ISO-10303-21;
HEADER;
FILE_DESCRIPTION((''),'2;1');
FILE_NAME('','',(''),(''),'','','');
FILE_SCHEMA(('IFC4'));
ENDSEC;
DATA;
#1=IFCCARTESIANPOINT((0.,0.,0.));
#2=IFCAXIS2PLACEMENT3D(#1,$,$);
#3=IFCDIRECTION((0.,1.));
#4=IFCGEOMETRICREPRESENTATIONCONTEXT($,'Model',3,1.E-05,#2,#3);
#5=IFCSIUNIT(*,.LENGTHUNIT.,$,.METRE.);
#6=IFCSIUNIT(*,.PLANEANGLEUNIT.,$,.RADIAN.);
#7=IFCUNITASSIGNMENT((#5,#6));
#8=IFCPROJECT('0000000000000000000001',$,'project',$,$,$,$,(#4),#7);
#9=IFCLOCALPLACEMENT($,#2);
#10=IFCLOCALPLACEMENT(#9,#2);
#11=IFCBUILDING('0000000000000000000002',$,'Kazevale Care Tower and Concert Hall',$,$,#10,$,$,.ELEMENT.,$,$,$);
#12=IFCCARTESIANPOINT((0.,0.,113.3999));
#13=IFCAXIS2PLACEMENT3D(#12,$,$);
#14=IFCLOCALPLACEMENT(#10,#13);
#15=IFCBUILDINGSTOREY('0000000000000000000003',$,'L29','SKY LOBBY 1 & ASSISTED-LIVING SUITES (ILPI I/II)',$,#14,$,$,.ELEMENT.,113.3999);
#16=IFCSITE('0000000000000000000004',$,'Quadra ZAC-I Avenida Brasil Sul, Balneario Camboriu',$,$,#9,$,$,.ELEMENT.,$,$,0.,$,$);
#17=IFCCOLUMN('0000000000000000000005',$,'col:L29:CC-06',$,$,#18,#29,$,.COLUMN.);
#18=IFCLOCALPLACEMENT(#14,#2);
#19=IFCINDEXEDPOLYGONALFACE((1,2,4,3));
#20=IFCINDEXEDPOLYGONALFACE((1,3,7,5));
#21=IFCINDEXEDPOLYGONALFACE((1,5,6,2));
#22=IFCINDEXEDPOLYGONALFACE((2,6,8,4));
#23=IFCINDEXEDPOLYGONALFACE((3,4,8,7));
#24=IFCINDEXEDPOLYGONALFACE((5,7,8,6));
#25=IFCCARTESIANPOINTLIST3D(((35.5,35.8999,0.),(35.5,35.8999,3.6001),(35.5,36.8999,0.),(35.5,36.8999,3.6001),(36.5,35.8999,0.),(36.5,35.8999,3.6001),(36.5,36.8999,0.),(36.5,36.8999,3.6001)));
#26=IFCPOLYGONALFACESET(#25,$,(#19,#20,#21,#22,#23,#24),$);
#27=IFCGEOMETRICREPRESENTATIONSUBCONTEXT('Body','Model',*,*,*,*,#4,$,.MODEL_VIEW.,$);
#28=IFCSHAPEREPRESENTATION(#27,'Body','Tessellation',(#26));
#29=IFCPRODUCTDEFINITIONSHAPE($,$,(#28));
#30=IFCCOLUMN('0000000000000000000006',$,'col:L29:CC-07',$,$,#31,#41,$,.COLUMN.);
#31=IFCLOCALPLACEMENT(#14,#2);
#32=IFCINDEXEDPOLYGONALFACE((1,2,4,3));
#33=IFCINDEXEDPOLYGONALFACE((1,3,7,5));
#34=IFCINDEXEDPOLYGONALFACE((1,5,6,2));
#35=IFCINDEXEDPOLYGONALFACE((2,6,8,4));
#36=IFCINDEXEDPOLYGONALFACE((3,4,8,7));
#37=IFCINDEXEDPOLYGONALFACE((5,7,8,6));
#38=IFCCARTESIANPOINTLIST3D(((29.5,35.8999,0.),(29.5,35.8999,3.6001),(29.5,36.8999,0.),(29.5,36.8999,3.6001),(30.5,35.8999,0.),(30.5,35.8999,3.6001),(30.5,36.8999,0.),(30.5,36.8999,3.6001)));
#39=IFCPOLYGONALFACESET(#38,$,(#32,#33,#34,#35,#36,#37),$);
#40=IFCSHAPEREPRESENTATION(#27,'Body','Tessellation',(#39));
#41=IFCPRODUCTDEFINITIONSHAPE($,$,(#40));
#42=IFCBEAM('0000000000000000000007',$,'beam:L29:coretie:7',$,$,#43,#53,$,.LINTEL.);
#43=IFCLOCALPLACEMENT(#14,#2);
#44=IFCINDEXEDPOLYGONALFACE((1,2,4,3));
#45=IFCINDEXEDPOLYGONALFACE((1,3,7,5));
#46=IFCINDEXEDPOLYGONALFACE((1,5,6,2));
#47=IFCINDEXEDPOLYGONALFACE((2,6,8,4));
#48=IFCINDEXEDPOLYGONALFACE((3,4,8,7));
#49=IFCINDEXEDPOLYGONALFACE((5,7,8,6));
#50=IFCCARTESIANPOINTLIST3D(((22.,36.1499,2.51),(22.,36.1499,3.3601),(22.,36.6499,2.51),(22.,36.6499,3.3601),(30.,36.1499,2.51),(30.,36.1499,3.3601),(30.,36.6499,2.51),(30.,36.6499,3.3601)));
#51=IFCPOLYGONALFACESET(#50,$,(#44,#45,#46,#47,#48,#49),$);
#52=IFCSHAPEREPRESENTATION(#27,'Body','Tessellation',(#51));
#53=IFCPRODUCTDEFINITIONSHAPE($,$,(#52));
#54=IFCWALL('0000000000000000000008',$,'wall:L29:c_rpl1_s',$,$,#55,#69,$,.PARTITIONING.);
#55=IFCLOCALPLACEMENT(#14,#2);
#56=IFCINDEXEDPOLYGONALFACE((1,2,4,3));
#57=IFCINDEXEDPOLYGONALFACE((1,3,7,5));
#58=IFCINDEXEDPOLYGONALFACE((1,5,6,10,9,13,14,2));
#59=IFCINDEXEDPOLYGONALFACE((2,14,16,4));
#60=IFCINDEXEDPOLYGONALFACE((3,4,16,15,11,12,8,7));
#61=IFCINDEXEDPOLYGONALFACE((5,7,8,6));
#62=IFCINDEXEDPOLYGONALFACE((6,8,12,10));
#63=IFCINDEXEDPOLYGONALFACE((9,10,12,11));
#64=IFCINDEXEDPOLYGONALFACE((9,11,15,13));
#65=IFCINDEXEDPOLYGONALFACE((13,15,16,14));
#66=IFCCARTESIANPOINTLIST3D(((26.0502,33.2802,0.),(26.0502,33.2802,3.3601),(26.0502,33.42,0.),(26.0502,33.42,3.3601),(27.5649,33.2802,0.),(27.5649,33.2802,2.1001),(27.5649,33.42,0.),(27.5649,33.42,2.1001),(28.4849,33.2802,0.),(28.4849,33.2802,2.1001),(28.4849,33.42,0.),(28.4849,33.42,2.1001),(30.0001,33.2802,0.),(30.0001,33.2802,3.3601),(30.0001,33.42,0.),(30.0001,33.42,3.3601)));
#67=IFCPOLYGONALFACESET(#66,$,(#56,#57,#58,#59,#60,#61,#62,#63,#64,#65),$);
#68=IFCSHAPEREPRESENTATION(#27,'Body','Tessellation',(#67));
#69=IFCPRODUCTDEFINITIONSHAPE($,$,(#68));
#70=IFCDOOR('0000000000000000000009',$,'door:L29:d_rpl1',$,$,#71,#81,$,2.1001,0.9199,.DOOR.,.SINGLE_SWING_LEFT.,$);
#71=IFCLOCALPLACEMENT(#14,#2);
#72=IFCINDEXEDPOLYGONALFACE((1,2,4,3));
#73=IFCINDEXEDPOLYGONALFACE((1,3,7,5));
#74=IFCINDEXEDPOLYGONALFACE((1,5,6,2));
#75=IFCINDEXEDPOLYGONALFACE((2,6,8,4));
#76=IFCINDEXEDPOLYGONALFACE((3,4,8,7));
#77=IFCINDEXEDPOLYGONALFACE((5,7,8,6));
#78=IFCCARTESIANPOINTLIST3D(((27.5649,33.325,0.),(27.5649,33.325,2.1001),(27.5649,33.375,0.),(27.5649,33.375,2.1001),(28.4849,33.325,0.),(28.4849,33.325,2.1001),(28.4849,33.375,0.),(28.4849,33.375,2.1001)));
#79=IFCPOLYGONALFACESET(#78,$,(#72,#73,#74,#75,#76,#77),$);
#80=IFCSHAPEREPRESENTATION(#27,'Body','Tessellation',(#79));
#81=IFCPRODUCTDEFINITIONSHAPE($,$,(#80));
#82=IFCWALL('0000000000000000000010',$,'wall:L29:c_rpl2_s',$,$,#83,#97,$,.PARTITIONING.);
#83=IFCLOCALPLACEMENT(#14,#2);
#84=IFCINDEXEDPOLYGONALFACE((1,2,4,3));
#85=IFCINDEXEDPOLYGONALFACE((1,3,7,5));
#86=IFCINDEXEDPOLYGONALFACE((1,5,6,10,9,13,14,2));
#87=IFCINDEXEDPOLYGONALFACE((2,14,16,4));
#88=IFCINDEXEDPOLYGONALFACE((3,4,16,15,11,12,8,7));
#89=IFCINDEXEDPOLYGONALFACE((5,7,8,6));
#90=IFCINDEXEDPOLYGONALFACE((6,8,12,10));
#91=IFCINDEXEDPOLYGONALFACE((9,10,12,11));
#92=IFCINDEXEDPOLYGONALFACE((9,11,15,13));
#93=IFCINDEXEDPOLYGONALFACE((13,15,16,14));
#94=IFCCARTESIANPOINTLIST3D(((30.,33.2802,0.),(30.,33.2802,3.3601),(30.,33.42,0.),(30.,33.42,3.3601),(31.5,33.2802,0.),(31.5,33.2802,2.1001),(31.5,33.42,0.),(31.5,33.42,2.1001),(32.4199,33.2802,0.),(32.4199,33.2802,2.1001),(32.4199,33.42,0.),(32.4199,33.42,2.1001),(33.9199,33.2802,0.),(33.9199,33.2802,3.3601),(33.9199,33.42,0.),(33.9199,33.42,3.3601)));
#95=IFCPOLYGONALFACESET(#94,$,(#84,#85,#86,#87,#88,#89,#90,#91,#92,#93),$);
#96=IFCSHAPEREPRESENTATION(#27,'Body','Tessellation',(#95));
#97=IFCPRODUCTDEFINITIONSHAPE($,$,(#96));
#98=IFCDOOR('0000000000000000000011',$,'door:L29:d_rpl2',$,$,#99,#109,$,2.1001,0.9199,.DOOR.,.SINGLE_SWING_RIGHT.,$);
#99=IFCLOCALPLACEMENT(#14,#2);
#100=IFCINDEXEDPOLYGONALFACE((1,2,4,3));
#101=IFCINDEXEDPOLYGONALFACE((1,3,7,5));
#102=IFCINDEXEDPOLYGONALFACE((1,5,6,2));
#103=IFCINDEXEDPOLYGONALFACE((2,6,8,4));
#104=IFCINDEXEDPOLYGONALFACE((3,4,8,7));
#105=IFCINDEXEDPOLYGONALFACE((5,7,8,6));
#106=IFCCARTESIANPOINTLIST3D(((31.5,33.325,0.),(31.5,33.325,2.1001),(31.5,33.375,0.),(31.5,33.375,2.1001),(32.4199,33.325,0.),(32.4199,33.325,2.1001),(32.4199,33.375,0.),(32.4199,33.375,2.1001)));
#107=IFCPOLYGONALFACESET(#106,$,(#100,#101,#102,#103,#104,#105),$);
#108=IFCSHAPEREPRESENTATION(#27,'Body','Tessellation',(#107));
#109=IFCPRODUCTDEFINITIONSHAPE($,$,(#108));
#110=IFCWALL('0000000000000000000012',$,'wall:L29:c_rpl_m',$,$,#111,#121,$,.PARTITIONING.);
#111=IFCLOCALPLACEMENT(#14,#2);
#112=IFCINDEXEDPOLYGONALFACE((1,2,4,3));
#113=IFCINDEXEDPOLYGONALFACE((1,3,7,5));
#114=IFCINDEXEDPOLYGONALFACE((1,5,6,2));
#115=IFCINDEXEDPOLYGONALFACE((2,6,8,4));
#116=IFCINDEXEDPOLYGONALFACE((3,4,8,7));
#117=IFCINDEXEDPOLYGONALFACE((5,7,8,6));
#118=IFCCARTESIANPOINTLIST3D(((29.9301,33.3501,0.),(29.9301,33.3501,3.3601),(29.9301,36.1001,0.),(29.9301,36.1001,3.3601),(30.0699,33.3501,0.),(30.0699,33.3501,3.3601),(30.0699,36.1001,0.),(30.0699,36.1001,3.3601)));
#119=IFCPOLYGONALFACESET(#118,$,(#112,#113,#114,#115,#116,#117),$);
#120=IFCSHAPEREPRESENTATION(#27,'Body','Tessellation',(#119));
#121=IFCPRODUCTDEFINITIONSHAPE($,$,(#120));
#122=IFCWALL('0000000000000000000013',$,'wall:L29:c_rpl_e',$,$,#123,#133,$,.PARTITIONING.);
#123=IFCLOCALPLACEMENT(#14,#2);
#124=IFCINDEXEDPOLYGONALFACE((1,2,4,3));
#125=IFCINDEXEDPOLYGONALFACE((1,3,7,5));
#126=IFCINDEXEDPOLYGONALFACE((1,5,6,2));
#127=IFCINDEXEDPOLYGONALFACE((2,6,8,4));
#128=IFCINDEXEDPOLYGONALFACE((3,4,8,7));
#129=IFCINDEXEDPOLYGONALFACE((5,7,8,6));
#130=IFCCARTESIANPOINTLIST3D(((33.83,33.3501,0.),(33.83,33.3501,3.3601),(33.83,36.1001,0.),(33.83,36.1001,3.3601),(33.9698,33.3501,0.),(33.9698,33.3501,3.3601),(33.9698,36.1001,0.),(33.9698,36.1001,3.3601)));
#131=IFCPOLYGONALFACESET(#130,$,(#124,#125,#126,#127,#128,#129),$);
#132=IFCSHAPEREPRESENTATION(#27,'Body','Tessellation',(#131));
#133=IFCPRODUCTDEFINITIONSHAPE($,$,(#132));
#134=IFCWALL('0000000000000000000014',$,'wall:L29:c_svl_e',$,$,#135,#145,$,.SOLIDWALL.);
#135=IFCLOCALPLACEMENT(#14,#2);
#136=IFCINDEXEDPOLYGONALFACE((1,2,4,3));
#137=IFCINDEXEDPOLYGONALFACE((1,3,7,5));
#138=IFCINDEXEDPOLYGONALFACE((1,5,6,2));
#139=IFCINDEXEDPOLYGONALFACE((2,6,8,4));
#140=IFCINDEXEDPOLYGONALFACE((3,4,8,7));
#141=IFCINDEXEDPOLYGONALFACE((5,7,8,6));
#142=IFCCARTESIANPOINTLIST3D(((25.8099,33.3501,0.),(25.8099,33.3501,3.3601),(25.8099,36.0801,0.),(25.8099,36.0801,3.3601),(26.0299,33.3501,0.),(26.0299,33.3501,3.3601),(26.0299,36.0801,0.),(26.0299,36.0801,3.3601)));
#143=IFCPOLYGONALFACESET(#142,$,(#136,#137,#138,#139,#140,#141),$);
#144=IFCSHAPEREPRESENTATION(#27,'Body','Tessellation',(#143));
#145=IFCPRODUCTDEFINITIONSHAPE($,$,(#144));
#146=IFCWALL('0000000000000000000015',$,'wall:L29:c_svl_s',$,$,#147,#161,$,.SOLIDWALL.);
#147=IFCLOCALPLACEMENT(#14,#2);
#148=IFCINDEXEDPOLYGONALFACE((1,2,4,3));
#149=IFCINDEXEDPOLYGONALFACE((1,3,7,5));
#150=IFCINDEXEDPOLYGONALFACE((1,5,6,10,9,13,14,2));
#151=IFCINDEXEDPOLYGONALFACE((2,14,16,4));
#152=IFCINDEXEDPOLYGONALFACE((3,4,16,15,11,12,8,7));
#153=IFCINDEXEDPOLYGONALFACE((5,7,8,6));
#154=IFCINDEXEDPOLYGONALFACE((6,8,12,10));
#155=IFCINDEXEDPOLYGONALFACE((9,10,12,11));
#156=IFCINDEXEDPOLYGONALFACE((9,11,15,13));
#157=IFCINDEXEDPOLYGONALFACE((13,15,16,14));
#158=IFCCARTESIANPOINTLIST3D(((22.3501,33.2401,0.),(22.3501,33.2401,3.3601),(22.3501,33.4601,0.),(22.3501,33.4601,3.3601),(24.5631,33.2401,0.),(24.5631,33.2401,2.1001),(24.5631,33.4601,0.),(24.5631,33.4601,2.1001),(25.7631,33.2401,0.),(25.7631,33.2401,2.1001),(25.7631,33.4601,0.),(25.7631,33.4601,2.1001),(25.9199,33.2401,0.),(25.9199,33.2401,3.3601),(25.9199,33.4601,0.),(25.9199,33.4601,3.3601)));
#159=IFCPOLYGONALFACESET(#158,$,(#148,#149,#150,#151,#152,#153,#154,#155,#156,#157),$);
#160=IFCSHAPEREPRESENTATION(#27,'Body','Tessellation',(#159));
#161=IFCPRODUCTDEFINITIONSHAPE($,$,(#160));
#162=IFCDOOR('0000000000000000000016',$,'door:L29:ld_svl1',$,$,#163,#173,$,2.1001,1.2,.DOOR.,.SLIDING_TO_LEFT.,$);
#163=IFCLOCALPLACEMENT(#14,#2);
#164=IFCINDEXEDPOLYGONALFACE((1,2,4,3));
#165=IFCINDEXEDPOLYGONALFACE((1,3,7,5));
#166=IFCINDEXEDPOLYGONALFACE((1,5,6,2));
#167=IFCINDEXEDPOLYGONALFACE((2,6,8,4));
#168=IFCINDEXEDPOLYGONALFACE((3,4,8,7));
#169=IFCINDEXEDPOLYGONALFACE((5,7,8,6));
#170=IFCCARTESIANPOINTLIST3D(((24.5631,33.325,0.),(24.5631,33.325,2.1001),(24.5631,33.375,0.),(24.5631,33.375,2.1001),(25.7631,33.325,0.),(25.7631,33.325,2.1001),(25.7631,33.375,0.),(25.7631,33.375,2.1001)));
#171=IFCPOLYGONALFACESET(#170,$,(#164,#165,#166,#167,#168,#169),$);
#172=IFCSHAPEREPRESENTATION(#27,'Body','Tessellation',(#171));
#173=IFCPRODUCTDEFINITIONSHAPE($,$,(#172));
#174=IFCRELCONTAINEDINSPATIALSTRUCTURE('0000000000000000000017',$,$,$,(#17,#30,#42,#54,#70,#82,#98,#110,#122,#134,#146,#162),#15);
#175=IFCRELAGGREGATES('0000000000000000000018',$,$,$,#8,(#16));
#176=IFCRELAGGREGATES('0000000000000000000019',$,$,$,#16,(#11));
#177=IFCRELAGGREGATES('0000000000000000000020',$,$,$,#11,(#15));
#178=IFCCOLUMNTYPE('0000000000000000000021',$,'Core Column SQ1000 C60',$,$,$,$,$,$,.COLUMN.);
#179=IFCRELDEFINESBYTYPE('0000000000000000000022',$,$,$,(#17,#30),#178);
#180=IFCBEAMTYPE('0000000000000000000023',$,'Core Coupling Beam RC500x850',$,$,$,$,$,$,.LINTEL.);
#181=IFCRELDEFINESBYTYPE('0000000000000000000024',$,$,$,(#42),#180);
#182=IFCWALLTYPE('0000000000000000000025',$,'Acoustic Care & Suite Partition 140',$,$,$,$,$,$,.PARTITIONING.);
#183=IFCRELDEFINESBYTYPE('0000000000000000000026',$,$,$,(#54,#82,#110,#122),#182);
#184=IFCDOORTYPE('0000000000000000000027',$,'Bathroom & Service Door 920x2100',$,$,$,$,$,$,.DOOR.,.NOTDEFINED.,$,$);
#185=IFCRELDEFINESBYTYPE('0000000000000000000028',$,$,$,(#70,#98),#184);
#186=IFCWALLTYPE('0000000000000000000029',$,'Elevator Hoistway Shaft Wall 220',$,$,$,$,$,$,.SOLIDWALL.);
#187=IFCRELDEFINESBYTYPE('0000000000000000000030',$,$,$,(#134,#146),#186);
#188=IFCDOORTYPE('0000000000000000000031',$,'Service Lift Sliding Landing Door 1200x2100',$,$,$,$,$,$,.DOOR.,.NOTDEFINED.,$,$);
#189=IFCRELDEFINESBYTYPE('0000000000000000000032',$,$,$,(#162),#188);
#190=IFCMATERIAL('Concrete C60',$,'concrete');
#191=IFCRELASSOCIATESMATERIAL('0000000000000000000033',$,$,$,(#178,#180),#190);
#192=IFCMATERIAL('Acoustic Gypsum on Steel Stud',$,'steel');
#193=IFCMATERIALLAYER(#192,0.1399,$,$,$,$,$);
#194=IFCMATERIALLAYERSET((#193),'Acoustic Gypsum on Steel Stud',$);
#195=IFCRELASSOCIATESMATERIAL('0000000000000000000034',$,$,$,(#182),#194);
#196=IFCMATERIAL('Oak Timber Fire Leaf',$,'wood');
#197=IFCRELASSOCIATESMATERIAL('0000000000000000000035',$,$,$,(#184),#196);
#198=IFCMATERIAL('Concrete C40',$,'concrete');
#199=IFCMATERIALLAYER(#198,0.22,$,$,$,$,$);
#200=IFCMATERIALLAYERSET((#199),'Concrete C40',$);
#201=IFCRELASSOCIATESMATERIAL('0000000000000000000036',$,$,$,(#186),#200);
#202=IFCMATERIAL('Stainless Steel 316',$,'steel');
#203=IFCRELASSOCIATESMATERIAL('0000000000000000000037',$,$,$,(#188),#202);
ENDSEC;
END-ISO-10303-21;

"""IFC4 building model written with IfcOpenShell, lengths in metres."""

from ifc_helpers import new_model, si_unit, direction, frame, frame_2d, origin, origin_2d, place, context, subcontext, project, spatial, rectangle, extrude, material, layer, layer_set, material_profile, profile_set, type_object, element, fill, save


model = new_model("IFC4")

# Units and contexts
model_context = context("Model", 3, precision=1e-05, world=origin(), true_north=direction((0.0, 1.0)))
body_context = subcontext(model_context, "Body", "Model", "MODEL_VIEW")
ifc_project = project(units=[si_unit("LENGTHUNIT", "METRE"), si_unit("PLANEANGLEUNIT", "RADIAN")], contexts=[model_context])

# Site, building, storey
site_placement = place(None, origin())
site = spatial("IfcSite", under=ifc_project, at=site_placement, Name="Quadra ZAC-I Avenida Brasil Sul, Balneario Camboriu", CompositionType="ELEMENT", RefElevation=0.0)
building_placement = place(site_placement, origin())
building = spatial("IfcBuilding", under=site, at=building_placement, Name="Kazevale Care Tower and Concert Hall", CompositionType="ELEMENT")
storey_placement = place(building_placement, frame((0.0, 0.0, 113.3999)))
storey = spatial("IfcBuildingStorey", under=building, at=storey_placement, Name="L29", Description="SKY LOBBY 1 & ASSISTED-LIVING SUITES (ILPI I/II)", CompositionType="ELEMENT", Elevation=113.3999)

# Columns
ifc_material_1 = material(Name="Concrete C60", Category="concrete")
ifc_material_profile_1 = material_profile(ifc_material_1, rectangle(XDim=1.0, YDim=1.0, at=origin_2d()), Name="RC-SQ1000")
ifc_profile_set_1 = profile_set([ifc_material_profile_1], Name="Concrete C60")
column_type = type_object("IfcColumnType", Name="Core Column SQ1000 C60", PredefinedType="COLUMN", material=ifc_profile_set_1)
for number, where, z_axis, x_axis, name in (
    (1, (36.0, 36.3999, 0.0), (0.0, 0.0, 1.0), (1.0, 0.0, 0.0), "col:L29:CC-06"),
    (2, (30.0, 36.3999, 0.0), (0.0, 0.0, 1.0), (1.0, 0.0, 0.0), "col:L29:CC-07"),
):
    element("IfcColumn", number, at=place(storey_placement, frame(where, z_axis=z_axis, x_axis=x_axis)), inside=storey, type_object=column_type, Name=name, PredefinedType="COLUMN", context=body_context, shape_type="SweptSolid", body=[
        extrude(rectangle(XDim=1.0, YDim=1.0, at=origin_2d()), origin(), (0.0, 0.0, 1.0), 3.6001),
    ])

# Beam
ifc_material_profile_2 = material_profile(ifc_material_1, rectangle(XDim=0.5, YDim=0.8501, at=origin_2d()), Name="RC-B500x850")
ifc_profile_set_2 = profile_set([ifc_material_profile_2], Name="Concrete C60")
beam_type = type_object("IfcBeamType", Name="Core Coupling Beam RC500x850", PredefinedType="LINTEL", material=ifc_profile_set_2)
beam_placement = place(storey_placement, frame((30.0, 36.3999, 2.9351), z_axis=(-1.0, 0.0, 0.0), x_axis=(0.0, -1.0, 0.0)))
element("IfcBeam", 3, at=beam_placement, inside=storey, type_object=beam_type, Name="beam:L29:coretie:7", PredefinedType="LINTEL", context=body_context, shape_type="SweptSolid", body=[
    extrude(rectangle(XDim=0.5, YDim=0.8501, at=origin_2d()), origin(), (0.0, 0.0, 1.0), 8.0),
])

# Walls, openings, doors
ifc_material_2 = material(Name="Acoustic Gypsum on Steel Stud", Category="steel")
ifc_layer_1 = layer(ifc_material_2, 0.1399)
ifc_layer_set_1 = layer_set([ifc_layer_1], Name="Acoustic Gypsum on Steel Stud")
wall_type_1 = type_object("IfcWallType", Name="Acoustic Care & Suite Partition 140", PredefinedType="PARTITIONING", material=ifc_layer_set_1)
wall_1_placement = place(storey_placement, frame((26.05, 33.3501, 0.0), z_axis=(0.0, 0.0, 1.0), x_axis=(1.0, 0.0, 0.0)))
wall_1 = element("IfcWall", 4, at=wall_1_placement, inside=storey, type_object=wall_type_1, Name="wall:L29:c_rpl1_s", PredefinedType="PARTITIONING", context=body_context, shape_type="SweptSolid", body=[
    extrude(rectangle(XDim=3.95, YDim=0.1399, at=frame_2d((1.9751, 0.0))), origin(), (0.0, 0.0, 1.0), 3.3601),
])
opening_1_placement = place(wall_1_placement, frame((1.5149, 0.0, 0.0)))
opening_1 = element("IfcOpeningElement", 5, at=opening_1_placement, cuts=wall_1, PredefinedType="OPENING", context=body_context, shape_type="SweptSolid", body=[
    extrude(rectangle(XDim=0.9199, YDim=2.1001, at=frame_2d((0.46, 1.05))), frame((0.0, 0.0798, 0.0), z_axis=(0.0, -1.0, 0.0), x_axis=(1.0, 0.0, 0.0)), (0.0, 0.0, 1.0), 0.1599),
])
ifc_material_3 = material(Name="Oak Timber Fire Leaf", Category="wood")
door_type_1 = type_object("IfcDoorType", Name="Bathroom & Service Door 920x2100", OperationType="NOTDEFINED", PredefinedType="DOOR", material=ifc_material_3)
door_1_placement = place(opening_1_placement, origin())
door_1 = element("IfcDoor", 6, at=door_1_placement, inside=storey, type_object=door_type_1, Name="door:L29:d_rpl1", OperationType="SINGLE_SWING_LEFT", OverallHeight=2.1001, OverallWidth=0.9199, PredefinedType="DOOR", context=body_context, shape_type="SweptSolid", body=[
    extrude(rectangle(XDim=0.9199, YDim=2.1001, at=frame_2d((0.46, 1.05))), frame((0.0, 0.0249, 0.0), z_axis=(0.0, -1.0, 0.0), x_axis=(1.0, 0.0, 0.0)), (0.0, 0.0, 1.0), 0.05),
])
fill(opening_1, door_1)
wall_2_placement = place(storey_placement, frame((30.0, 33.3501, 0.0), z_axis=(0.0, 0.0, 1.0), x_axis=(1.0, 0.0, 0.0)))
wall_2 = element("IfcWall", 7, at=wall_2_placement, inside=storey, type_object=wall_type_1, Name="wall:L29:c_rpl2_s", PredefinedType="PARTITIONING", context=body_context, shape_type="SweptSolid", body=[
    extrude(rectangle(XDim=3.9199, YDim=0.1399, at=frame_2d((1.96, 0.0))), origin(), (0.0, 0.0, 1.0), 3.3601),
])
opening_2_placement = place(wall_2_placement, frame((1.5, 0.0, 0.0)))
opening_2 = element("IfcOpeningElement", 8, at=opening_2_placement, cuts=wall_2, PredefinedType="OPENING", context=body_context, shape_type="SweptSolid", body=[
    extrude(rectangle(XDim=0.9199, YDim=2.1001, at=frame_2d((0.46, 1.05))), frame((0.0, 0.0798, 0.0), z_axis=(0.0, -1.0, 0.0), x_axis=(1.0, 0.0, 0.0)), (0.0, 0.0, 1.0), 0.1599),
])
door_2_placement = place(opening_2_placement, origin())
door_2 = element("IfcDoor", 9, at=door_2_placement, inside=storey, type_object=door_type_1, Name="door:L29:d_rpl2", OperationType="SINGLE_SWING_RIGHT", OverallHeight=2.1001, OverallWidth=0.9199, PredefinedType="DOOR", context=body_context, shape_type="SweptSolid", body=[
    extrude(rectangle(XDim=0.9199, YDim=2.1001, at=frame_2d((0.46, 1.05))), frame((0.0, 0.0249, 0.0), z_axis=(0.0, -1.0, 0.0), x_axis=(1.0, 0.0, 0.0)), (0.0, 0.0, 1.0), 0.05),
])
fill(opening_2, door_2)

# Walls
for number, where, z_axis, x_axis, name in (
    (10, (30.0, 33.3501, 0.0), (0.0, 0.0, 1.0), (0.0, 1.0, 0.0), "wall:L29:c_rpl_m"),
    (11, (33.8999, 33.3501, 0.0), (0.0, 0.0, 1.0), (0.0, 1.0, 0.0), "wall:L29:c_rpl_e"),
):
    element("IfcWall", number, at=place(storey_placement, frame(where, z_axis=z_axis, x_axis=x_axis)), inside=storey, type_object=wall_type_1, Name=name, PredefinedType="PARTITIONING", context=body_context, shape_type="SweptSolid", body=[
        extrude(rectangle(XDim=2.75, YDim=0.1399, at=frame_2d((1.375, 0.0))), origin(), (0.0, 0.0, 1.0), 3.3601),
    ])
ifc_material_4 = material(Name="Concrete C40", Category="concrete")
ifc_layer_2 = layer(ifc_material_4, 0.22)
ifc_layer_set_2 = layer_set([ifc_layer_2], Name="Concrete C40")
wall_type_2 = type_object("IfcWallType", Name="Elevator Hoistway Shaft Wall 220", PredefinedType="SOLIDWALL", material=ifc_layer_set_2)
wall_3_placement = place(storey_placement, frame((25.9199, 33.3501, 0.0), z_axis=(0.0, 0.0, 1.0), x_axis=(0.0, 1.0, 0.0)))
element("IfcWall", 12, at=wall_3_placement, inside=storey, type_object=wall_type_2, Name="wall:L29:c_svl_e", PredefinedType="SOLIDWALL", context=body_context, shape_type="SweptSolid", body=[
    extrude(rectangle(XDim=2.73, YDim=0.22, at=frame_2d((1.365, 0.0))), origin(), (0.0, 0.0, 1.0), 3.3601),
])

# Wall, opening, door
wall_4_placement = place(storey_placement, frame((22.3501, 33.3501, 0.0), z_axis=(0.0, 0.0, 1.0), x_axis=(1.0, 0.0, 0.0)))
wall_4 = element("IfcWall", 13, at=wall_4_placement, inside=storey, type_object=wall_type_2, Name="wall:L29:c_svl_s", PredefinedType="SOLIDWALL", context=body_context, shape_type="SweptSolid", body=[
    extrude(rectangle(XDim=3.5698, YDim=0.22, at=frame_2d((1.7849, 0.0))), origin(), (0.0, 0.0, 1.0), 3.3601),
])
opening_3_placement = place(wall_4_placement, frame((2.2129, 0.0, 0.0)))
opening_3 = element("IfcOpeningElement", 14, at=opening_3_placement, cuts=wall_4, PredefinedType="OPENING", context=body_context, shape_type="SweptSolid", body=[
    extrude(rectangle(XDim=1.2, YDim=2.1001, at=frame_2d((0.6001, 1.05))), frame((0.0, 0.1199, 0.0), z_axis=(0.0, -1.0, 0.0), x_axis=(1.0, 0.0, 0.0)), (0.0, 0.0, 1.0), 0.24),
])
ifc_material_5 = material(Name="Stainless Steel 316", Category="steel")
door_type_2 = type_object("IfcDoorType", Name="Service Lift Sliding Landing Door 1200x2100", OperationType="NOTDEFINED", PredefinedType="DOOR", material=ifc_material_5)
door_3_placement = place(opening_3_placement, origin())
door_3 = element("IfcDoor", 15, at=door_3_placement, inside=storey, type_object=door_type_2, Name="door:L29:ld_svl1", OperationType="SLIDING_TO_LEFT", OverallHeight=2.1001, OverallWidth=1.2, PredefinedType="DOOR", context=body_context, shape_type="SweptSolid", body=[
    extrude(rectangle(XDim=1.2, YDim=2.1001, at=frame_2d((0.6001, 1.05))), frame((0.0, 0.0249, 0.0), z_axis=(0.0, -1.0, 0.0), x_axis=(1.0, 0.0, 0.0)), (0.0, 0.0, 1.0), 0.05),
])
fill(opening_3, door_3)

save(model, "model.ifc")
